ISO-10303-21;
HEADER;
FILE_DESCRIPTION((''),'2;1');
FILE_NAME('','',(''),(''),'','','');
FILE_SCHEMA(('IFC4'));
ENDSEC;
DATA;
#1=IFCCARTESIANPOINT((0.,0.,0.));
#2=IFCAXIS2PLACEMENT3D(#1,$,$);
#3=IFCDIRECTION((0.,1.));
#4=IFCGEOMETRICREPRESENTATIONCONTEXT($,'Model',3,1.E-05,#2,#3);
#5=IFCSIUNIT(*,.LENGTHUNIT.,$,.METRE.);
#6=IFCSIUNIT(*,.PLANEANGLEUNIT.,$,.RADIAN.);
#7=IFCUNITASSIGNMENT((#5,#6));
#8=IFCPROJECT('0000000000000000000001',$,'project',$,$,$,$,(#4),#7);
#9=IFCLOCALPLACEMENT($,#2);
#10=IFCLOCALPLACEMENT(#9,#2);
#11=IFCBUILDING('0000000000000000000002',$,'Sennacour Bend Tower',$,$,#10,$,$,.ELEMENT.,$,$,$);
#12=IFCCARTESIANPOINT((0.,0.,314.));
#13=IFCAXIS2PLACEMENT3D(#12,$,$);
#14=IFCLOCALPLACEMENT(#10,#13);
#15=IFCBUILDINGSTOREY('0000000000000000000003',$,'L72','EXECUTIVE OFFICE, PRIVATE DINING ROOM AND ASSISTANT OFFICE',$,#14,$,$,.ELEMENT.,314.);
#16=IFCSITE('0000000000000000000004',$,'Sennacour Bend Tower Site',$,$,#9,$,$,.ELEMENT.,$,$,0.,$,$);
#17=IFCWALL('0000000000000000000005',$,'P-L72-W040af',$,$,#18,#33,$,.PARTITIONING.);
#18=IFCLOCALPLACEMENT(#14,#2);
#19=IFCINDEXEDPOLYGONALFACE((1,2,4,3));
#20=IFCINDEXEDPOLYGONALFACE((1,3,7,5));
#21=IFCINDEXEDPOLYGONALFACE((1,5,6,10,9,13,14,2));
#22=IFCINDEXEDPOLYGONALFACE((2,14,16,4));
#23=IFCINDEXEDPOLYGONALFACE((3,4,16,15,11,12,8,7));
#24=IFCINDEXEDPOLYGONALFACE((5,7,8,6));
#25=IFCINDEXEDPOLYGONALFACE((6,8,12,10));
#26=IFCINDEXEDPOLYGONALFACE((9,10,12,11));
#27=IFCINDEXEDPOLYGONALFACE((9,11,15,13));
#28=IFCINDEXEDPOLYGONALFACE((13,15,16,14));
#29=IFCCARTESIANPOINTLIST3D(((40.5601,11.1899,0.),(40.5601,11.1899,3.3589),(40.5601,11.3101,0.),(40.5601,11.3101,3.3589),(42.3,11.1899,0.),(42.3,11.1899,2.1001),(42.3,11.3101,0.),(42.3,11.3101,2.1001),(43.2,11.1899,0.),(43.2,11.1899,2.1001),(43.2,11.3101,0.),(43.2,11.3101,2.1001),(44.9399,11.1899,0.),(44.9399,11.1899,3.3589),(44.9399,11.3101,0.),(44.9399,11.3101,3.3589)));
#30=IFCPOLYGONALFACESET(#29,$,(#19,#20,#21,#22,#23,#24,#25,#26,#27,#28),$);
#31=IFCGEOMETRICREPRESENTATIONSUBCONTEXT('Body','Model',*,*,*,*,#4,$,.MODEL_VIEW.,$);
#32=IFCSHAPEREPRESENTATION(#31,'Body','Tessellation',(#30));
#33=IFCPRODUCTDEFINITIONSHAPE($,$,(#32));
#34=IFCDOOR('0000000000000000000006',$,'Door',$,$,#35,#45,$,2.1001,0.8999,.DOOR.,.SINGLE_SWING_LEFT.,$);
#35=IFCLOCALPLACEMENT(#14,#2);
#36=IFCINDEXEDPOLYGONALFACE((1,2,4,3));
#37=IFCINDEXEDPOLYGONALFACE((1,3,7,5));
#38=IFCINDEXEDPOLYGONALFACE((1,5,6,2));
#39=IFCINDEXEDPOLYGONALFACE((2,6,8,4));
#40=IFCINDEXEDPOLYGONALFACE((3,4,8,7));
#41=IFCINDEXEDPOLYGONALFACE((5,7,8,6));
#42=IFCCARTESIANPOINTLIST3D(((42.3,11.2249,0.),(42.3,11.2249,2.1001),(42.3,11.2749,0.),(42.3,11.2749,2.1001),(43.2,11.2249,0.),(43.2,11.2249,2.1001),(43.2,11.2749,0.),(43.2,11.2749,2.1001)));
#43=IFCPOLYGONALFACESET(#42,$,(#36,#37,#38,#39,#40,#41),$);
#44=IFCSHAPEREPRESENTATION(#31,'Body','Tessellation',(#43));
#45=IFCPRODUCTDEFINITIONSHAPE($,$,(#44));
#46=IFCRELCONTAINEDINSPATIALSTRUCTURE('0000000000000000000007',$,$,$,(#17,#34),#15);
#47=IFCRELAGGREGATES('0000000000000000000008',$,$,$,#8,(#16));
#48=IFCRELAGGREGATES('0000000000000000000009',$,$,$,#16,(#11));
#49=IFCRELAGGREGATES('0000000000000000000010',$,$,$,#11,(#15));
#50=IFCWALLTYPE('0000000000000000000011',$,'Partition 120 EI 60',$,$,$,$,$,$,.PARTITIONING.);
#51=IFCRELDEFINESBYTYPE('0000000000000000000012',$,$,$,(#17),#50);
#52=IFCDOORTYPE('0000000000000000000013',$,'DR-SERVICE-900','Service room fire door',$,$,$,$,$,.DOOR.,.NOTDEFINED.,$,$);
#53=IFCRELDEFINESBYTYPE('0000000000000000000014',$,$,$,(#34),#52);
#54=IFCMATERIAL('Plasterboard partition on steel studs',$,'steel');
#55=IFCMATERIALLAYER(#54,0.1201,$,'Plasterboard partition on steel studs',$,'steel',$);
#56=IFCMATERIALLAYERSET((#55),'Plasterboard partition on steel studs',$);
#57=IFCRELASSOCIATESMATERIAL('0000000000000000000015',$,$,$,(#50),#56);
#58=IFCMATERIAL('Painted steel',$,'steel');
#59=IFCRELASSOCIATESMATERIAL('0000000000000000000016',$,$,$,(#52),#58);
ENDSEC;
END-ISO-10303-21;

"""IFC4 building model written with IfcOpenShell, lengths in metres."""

from ifc_helpers import new_model, si_unit, direction, frame, frame_2d, origin, place, context, subcontext, project, spatial, rectangle, extrude, material, layer, layer_set, type_object, element, fill, save


model = new_model("IFC4")

# Units and contexts
model_context = context("Model", 3, precision=1e-05, world=origin(), true_north=direction((0.0, 1.0)))
body_context = subcontext(model_context, "Body", "Model", "MODEL_VIEW")
ifc_project = project(units=[si_unit("LENGTHUNIT", "METRE"), si_unit("PLANEANGLEUNIT", "RADIAN")], contexts=[model_context])

# Site, building, storey
site_placement = place(None, origin())
site = spatial("IfcSite", under=ifc_project, at=site_placement, Name="Sennacour Bend Tower Site", CompositionType="ELEMENT", RefElevation=0.0)
building_placement = place(site_placement, origin())
building = spatial("IfcBuilding", under=site, at=building_placement, Name="Sennacour Bend Tower", CompositionType="ELEMENT")
storey_placement = place(building_placement, frame((0.0, 0.0, 314.0)))
storey = spatial("IfcBuildingStorey", under=building, at=storey_placement, Name="L72", Description="EXECUTIVE OFFICE, PRIVATE DINING ROOM AND ASSISTANT OFFICE", CompositionType="ELEMENT", Elevation=314.0)

# Shared definitions
ifc_material_1 = material(Name="Plasterboard partition on steel studs", Category="steel")

# Wall, opening, door
ifc_layer_1 = layer(ifc_material_1, 0.1201, Name="Plasterboard partition on steel studs", Category="steel")
ifc_layer_set_1 = layer_set([ifc_layer_1], Name="Plasterboard partition on steel studs")
wall_type_1 = type_object("IfcWallType", Name="Partition 120 EI 60", PredefinedType="PARTITIONING", material=ifc_layer_set_1)
ifc_material_2 = material(Name="Painted steel", Category="steel")
wall_1_placement = place(storey_placement, frame((40.5601, 11.25, 0.0), z_axis=(0.0, 0.0, 1.0), x_axis=(1.0, 0.0, 0.0)))
wall_1 = element("IfcWall", 1, at=wall_1_placement, inside=storey, type_object=wall_type_1, Name="P-L72-W040af", PredefinedType="PARTITIONING", context=body_context, shape_type="SweptSolid", body=[
    extrude(rectangle(XDim=4.3799, YDim=0.1201, at=frame_2d((2.1899, 0.0))), origin(), (0.0, 0.0, 1.0), 3.3589),
])
opening_1_placement = place(wall_1_placement, frame((1.74, 0.0, 0.0)))
opening_1 = element("IfcOpeningElement", 2, at=opening_1_placement, cuts=wall_1, PredefinedType="OPENING", context=body_context, shape_type="SweptSolid", body=[
    extrude(rectangle(XDim=0.8999, YDim=2.1001, at=frame_2d((0.45, 1.05))), frame((0.0, 0.0701, 0.0), z_axis=(0.0, -1.0, 0.0), x_axis=(1.0, 0.0, 0.0)), (0.0, 0.0, 1.0), 0.1401),
])
door_type_1 = type_object("IfcDoorType", Name="DR-SERVICE-900", Description="Service room fire door", OperationType="NOTDEFINED", PredefinedType="DOOR", material=ifc_material_2)
door_1_placement = place(opening_1_placement, origin())
door_1 = element("IfcDoor", 3, at=door_1_placement, inside=storey, type_object=door_type_1, Name="Door", OperationType="SINGLE_SWING_LEFT", OverallHeight=2.1001, OverallWidth=0.8999, PredefinedType="DOOR", context=body_context, shape_type="SweptSolid", body=[
    extrude(rectangle(XDim=0.8999, YDim=2.1001, at=frame_2d((0.45, 1.05))), frame((0.0, 0.0249, 0.0), z_axis=(0.0, -1.0, 0.0), x_axis=(1.0, 0.0, 0.0)), (0.0, 0.0, 1.0), 0.05),
])
fill(opening_1, door_1)

save(model, "model.ifc")
